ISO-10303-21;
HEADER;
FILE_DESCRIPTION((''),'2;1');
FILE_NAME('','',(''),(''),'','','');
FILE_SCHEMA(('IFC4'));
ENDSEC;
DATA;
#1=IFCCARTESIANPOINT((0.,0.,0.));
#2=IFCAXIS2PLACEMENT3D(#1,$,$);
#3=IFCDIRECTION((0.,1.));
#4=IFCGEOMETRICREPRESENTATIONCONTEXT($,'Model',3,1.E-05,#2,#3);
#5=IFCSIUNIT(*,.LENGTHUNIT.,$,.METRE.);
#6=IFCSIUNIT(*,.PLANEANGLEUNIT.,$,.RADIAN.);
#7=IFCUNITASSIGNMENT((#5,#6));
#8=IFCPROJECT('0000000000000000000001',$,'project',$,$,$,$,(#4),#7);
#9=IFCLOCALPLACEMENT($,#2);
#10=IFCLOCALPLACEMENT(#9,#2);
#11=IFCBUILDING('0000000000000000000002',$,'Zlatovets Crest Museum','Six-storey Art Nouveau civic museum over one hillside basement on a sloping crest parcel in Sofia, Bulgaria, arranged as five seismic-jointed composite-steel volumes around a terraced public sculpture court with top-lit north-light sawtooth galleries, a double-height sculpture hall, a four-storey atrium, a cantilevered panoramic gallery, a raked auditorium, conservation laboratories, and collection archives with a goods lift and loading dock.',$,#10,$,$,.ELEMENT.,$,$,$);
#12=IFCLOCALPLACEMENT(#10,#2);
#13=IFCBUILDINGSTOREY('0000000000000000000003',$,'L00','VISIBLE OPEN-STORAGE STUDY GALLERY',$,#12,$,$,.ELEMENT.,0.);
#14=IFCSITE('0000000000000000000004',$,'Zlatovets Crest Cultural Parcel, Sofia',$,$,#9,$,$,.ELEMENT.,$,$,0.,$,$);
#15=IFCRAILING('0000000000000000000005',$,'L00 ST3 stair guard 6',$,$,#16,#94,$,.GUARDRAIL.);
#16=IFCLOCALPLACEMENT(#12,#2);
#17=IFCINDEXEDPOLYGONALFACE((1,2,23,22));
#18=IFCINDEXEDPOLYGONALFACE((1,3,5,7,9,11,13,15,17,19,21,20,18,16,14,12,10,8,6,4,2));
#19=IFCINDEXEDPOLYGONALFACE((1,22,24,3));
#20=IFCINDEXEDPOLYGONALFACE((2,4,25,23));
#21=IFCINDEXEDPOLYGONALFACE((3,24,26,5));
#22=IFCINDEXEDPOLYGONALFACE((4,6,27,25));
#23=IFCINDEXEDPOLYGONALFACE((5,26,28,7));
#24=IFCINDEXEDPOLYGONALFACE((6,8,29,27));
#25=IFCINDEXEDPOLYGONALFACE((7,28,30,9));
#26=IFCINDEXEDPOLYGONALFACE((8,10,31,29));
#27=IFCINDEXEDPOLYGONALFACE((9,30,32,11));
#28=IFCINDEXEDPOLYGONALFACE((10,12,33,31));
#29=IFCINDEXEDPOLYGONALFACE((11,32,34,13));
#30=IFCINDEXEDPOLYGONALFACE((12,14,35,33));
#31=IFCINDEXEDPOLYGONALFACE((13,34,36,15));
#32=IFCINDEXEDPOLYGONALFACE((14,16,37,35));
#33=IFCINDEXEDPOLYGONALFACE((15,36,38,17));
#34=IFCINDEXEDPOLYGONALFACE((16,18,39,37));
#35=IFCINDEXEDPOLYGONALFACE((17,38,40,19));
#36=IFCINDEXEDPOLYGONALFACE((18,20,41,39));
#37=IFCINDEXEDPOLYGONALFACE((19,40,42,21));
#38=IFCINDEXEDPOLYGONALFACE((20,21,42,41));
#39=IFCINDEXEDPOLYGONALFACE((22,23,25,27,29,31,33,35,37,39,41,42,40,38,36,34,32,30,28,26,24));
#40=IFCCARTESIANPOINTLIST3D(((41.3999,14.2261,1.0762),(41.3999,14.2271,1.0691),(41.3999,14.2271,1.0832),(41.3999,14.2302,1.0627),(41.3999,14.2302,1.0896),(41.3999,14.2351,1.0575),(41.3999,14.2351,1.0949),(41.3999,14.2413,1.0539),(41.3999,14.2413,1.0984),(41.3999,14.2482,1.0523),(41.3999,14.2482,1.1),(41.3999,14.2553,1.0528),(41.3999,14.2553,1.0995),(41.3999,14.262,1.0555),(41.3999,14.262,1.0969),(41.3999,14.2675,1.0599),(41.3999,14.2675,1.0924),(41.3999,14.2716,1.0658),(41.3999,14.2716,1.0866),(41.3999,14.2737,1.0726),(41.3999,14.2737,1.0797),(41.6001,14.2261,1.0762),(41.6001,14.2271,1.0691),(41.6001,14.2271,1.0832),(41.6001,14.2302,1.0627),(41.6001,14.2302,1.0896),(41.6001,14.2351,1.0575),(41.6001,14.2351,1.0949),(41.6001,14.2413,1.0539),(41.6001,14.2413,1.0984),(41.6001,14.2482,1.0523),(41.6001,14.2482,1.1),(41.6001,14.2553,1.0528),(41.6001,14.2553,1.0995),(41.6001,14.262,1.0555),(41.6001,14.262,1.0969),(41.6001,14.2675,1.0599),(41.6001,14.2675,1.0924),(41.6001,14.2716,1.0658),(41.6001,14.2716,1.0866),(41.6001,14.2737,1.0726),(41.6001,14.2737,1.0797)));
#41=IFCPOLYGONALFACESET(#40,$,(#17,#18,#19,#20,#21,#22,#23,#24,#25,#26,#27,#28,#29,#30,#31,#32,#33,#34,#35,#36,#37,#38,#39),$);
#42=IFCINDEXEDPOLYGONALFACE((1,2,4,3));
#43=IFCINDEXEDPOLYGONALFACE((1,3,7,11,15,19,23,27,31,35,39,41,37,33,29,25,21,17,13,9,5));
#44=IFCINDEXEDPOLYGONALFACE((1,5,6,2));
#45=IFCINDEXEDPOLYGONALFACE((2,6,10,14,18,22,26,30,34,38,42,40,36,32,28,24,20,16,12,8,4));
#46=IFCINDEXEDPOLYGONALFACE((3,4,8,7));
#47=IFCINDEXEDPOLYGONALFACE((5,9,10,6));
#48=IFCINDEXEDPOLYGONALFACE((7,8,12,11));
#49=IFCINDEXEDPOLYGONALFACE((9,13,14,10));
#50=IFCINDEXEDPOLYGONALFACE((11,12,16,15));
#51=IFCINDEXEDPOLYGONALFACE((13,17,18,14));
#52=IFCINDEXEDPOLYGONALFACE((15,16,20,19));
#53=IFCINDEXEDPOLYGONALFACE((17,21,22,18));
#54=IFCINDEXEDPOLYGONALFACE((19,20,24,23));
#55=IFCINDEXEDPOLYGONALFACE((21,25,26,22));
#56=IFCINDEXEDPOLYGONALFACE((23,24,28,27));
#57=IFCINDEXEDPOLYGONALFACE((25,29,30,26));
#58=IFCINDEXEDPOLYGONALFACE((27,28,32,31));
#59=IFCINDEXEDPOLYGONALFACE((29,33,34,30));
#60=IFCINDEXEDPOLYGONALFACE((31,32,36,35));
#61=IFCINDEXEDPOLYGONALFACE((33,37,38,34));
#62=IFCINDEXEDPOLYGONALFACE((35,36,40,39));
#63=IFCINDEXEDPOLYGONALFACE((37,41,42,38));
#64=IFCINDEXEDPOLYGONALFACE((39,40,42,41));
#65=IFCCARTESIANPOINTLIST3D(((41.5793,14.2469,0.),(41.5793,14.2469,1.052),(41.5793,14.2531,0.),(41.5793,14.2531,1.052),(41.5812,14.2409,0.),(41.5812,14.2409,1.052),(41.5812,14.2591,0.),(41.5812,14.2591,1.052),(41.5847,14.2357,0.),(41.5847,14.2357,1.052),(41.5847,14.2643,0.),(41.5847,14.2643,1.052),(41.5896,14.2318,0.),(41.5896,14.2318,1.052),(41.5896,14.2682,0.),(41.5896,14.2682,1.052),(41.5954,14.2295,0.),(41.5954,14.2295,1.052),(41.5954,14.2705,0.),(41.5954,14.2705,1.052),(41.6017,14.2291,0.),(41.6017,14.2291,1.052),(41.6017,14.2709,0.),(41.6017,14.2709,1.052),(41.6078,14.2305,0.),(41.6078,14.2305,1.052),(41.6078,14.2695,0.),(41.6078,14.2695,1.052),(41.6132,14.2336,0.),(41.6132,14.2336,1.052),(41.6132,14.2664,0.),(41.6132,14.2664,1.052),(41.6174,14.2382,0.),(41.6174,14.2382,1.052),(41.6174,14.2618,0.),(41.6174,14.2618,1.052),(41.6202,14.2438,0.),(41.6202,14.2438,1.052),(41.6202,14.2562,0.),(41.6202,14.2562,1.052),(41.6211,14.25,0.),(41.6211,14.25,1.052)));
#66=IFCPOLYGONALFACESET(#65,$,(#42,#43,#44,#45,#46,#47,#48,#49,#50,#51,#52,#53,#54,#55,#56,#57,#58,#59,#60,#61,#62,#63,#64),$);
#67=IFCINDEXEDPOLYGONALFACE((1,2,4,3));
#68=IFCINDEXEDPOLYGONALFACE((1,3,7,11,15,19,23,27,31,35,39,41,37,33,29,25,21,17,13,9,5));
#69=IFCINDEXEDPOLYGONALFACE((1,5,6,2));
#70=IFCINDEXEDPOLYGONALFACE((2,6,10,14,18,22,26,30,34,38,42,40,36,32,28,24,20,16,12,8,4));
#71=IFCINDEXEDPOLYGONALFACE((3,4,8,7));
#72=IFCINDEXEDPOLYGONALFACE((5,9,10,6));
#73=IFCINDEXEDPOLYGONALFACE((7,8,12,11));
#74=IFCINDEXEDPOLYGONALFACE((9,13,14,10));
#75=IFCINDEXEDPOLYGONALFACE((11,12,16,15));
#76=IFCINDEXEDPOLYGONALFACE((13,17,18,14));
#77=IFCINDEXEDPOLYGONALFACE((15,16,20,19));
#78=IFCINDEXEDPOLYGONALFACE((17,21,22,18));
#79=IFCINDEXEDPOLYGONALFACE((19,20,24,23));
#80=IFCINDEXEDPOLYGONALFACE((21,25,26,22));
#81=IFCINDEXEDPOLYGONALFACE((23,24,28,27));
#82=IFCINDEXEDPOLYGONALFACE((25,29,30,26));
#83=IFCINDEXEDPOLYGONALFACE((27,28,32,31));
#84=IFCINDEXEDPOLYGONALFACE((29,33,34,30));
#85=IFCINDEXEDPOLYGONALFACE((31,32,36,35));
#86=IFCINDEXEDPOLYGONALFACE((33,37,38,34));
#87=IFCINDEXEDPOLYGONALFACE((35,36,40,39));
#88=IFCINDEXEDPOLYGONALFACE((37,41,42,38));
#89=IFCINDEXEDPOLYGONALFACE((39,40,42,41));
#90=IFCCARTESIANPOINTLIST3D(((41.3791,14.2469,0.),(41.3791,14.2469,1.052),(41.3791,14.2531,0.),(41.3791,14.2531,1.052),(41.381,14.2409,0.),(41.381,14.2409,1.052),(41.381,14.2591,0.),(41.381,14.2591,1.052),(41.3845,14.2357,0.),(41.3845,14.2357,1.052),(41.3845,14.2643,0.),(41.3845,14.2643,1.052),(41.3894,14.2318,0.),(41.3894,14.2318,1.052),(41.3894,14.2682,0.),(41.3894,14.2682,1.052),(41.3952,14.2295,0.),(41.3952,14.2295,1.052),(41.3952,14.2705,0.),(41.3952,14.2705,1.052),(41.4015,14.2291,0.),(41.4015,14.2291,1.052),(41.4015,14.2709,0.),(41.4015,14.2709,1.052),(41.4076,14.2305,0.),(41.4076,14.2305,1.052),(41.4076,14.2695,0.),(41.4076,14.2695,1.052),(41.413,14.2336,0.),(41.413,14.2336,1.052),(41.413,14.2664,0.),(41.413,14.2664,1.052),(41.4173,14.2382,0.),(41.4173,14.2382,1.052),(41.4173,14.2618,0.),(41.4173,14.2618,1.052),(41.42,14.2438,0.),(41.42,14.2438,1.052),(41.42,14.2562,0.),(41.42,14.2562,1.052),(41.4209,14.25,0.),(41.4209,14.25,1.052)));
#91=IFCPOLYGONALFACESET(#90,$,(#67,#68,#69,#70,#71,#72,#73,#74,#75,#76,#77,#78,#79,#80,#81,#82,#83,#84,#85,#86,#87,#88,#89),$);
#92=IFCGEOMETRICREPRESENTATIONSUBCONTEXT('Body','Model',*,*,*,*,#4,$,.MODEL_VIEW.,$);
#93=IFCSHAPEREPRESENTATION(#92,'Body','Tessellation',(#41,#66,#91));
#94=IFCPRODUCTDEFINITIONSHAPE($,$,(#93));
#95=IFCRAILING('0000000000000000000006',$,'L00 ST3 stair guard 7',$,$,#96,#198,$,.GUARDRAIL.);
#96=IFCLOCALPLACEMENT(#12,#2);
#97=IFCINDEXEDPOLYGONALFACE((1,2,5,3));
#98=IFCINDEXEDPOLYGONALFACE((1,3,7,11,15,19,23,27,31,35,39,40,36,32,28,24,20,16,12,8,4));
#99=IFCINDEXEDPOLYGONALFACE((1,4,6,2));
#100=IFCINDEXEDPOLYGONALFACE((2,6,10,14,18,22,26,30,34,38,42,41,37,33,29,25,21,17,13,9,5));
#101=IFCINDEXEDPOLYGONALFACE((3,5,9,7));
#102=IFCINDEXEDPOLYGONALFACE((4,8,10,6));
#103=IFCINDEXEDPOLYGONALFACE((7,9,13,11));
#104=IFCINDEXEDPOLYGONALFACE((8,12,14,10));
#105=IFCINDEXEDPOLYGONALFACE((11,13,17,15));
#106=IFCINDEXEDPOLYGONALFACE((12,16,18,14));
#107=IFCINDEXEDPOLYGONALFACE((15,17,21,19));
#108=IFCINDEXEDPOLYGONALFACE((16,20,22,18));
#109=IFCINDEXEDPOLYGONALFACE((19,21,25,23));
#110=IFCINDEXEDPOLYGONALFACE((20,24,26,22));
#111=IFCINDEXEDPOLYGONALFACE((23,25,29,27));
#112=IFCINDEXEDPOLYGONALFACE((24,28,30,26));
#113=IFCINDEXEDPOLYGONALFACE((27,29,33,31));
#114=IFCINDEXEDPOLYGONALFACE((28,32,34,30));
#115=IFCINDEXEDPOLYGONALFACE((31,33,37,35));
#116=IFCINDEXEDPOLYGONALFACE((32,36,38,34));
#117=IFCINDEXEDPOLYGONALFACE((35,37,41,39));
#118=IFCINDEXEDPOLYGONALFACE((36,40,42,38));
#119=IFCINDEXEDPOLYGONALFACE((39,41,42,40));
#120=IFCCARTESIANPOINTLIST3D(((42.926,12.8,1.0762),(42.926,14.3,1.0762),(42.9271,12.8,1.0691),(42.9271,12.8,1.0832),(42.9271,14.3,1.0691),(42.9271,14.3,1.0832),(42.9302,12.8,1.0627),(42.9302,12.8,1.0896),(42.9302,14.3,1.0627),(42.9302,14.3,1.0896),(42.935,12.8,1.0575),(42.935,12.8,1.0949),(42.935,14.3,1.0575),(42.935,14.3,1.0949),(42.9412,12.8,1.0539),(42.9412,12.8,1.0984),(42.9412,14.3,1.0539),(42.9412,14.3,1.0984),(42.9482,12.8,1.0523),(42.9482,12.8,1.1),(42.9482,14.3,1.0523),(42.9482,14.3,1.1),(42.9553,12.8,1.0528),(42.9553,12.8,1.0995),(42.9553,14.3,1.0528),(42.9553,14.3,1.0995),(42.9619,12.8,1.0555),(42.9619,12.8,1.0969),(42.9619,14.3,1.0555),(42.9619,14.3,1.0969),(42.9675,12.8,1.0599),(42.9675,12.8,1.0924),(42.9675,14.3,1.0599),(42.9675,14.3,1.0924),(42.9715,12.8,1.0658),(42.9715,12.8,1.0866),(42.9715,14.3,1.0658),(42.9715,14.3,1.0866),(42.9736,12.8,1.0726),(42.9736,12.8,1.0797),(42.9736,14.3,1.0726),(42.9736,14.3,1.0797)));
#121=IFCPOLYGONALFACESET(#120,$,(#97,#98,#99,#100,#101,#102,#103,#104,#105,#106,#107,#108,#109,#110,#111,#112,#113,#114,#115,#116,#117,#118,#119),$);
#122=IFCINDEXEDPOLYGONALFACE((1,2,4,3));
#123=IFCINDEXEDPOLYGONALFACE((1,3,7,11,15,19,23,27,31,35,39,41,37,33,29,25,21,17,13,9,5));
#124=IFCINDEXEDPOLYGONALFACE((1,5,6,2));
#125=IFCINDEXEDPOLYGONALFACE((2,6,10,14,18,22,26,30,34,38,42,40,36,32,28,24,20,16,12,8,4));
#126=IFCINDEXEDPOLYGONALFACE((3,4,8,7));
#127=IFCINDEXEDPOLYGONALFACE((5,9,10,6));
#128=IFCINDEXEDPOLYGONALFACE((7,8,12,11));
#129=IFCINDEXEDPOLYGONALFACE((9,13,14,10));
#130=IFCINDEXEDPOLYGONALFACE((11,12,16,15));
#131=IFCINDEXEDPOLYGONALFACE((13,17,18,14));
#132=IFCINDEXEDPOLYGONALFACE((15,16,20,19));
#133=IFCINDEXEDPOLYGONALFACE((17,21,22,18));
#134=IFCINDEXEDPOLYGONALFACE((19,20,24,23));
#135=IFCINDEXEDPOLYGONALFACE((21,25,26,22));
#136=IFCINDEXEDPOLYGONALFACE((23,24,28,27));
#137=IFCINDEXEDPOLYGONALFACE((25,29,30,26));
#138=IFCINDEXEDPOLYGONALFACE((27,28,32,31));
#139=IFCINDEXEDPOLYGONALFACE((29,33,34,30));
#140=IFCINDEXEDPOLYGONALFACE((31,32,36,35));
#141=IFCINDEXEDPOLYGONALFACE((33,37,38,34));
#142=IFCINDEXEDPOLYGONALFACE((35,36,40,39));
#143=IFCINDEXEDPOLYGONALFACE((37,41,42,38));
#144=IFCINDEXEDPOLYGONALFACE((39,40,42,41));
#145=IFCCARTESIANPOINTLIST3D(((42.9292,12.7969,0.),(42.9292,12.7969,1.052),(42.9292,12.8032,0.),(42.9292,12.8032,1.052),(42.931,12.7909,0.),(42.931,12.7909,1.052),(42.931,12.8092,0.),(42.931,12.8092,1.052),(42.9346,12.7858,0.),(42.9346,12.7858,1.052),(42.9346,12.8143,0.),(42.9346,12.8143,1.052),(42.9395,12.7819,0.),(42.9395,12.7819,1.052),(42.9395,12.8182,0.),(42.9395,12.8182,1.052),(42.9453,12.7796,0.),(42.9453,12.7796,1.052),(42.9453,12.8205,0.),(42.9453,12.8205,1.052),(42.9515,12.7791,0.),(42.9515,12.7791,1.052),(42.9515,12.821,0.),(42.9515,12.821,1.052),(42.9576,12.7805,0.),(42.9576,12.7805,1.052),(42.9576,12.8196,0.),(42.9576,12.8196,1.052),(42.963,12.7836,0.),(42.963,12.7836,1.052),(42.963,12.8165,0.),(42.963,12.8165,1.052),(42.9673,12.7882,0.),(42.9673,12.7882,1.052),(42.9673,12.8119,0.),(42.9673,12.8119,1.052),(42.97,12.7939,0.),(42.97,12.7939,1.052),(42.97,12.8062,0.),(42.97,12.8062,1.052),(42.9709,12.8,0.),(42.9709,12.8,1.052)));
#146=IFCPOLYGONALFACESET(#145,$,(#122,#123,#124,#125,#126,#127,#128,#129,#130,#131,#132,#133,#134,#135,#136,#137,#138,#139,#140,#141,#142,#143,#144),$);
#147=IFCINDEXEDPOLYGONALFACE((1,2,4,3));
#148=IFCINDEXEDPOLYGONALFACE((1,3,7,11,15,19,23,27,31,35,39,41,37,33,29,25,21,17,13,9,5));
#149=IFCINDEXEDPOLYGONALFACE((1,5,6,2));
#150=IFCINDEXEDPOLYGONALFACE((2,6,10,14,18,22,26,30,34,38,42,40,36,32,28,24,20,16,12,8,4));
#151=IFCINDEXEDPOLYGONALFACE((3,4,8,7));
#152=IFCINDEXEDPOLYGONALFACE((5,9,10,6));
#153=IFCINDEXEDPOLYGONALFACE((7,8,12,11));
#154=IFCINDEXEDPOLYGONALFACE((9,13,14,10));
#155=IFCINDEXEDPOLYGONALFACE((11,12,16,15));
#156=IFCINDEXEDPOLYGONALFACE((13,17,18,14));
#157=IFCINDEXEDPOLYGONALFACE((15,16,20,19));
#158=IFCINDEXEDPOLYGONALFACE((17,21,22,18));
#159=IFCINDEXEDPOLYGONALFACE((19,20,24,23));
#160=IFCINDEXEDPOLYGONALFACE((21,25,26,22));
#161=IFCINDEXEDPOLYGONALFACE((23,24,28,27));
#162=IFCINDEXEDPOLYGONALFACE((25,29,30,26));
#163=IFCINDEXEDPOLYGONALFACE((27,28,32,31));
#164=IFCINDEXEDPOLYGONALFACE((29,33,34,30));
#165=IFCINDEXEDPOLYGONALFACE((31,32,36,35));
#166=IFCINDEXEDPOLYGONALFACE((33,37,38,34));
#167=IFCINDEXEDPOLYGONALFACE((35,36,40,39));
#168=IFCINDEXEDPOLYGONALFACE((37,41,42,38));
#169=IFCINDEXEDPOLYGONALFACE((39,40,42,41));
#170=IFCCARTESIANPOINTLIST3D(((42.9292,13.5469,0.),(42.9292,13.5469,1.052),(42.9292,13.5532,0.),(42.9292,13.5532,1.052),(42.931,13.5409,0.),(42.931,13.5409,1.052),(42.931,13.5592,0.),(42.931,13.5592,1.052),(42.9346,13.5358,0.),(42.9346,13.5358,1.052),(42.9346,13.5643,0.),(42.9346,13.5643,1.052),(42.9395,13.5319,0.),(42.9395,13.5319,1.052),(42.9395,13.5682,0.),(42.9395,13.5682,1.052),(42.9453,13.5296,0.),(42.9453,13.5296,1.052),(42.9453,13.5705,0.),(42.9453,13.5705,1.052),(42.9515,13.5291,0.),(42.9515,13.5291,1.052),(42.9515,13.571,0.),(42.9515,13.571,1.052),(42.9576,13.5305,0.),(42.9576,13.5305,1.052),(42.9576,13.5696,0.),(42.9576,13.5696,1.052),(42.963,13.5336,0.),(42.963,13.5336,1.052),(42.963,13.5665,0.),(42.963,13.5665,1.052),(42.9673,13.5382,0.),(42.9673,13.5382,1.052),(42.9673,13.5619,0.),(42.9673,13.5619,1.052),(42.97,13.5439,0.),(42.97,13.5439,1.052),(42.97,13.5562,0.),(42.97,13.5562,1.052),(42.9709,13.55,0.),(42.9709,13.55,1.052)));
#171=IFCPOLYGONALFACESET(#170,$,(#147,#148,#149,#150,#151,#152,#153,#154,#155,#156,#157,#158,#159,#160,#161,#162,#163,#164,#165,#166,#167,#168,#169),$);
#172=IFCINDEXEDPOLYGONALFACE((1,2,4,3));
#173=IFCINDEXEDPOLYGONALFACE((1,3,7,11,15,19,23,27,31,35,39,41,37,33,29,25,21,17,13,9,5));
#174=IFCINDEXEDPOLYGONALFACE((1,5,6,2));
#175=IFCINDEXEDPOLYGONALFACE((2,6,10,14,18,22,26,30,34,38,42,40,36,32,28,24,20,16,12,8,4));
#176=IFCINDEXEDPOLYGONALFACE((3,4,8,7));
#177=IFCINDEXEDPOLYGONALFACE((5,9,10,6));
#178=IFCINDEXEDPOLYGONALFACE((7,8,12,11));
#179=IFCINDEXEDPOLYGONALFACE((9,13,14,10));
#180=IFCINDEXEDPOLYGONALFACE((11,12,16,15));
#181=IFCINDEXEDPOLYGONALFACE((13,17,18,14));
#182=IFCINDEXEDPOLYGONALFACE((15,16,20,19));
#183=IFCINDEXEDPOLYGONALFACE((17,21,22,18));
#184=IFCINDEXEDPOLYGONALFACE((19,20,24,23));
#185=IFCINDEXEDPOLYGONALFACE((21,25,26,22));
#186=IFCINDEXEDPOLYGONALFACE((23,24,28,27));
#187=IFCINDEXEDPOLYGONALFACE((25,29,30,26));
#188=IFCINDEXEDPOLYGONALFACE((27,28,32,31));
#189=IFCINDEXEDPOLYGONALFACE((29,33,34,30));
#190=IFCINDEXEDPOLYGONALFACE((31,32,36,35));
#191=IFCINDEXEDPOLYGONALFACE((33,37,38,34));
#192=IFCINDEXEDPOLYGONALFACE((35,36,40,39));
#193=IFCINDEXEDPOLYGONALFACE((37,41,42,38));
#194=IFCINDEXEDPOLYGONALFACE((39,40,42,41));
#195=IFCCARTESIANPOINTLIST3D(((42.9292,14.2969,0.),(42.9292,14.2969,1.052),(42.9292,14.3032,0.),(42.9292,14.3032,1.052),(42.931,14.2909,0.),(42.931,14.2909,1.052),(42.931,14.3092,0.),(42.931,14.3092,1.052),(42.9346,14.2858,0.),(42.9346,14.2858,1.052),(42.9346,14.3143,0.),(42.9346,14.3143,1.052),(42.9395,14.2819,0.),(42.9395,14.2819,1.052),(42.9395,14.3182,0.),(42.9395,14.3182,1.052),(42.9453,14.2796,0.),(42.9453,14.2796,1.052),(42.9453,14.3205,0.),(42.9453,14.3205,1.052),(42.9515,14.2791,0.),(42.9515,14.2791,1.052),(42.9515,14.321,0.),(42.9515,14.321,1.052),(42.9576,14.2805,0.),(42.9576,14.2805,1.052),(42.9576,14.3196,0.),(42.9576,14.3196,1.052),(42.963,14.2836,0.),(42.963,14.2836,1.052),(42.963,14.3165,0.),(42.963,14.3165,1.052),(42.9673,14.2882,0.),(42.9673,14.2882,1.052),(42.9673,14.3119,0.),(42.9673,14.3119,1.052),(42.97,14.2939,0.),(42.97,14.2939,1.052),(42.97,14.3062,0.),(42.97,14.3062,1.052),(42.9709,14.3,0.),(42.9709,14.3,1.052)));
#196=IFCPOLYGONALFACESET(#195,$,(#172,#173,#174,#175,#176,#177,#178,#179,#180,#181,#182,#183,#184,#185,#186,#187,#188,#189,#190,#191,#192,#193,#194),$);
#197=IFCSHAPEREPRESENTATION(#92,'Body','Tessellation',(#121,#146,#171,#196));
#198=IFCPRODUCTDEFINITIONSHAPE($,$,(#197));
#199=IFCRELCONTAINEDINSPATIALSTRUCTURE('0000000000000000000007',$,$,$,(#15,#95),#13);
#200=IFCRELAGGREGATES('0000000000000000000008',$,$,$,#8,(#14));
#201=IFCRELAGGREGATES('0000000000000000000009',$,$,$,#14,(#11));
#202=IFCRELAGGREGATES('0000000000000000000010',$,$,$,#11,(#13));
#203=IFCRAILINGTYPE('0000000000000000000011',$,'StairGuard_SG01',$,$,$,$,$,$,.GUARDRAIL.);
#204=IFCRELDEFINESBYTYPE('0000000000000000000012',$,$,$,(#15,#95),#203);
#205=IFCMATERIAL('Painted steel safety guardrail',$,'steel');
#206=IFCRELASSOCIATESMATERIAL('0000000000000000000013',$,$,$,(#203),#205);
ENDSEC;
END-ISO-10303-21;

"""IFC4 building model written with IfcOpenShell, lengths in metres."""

from ifc_helpers import new_model, si_unit, direction, frame, origin, origin_2d, place, context, subcontext, project, spatial, circle, extrude, material, type_object, element, save


model = new_model("IFC4")

# Units and contexts
model_context = context("Model", 3, precision=1e-05, world=origin(), true_north=direction((0.0, 1.0)))
body_context = subcontext(model_context, "Body", "Model", "MODEL_VIEW")
ifc_project = project(units=[si_unit("LENGTHUNIT", "METRE"), si_unit("PLANEANGLEUNIT", "RADIAN")], contexts=[model_context])

# Site, building, storey
site_placement = place(None, origin())
site = spatial("IfcSite", under=ifc_project, at=site_placement, Name="Zlatovets Crest Cultural Parcel, Sofia", CompositionType="ELEMENT", RefElevation=0.0)
building_placement = place(site_placement, origin())
building = spatial("IfcBuilding", under=site, at=building_placement, Name="Zlatovets Crest Museum", Description="Six-storey Art Nouveau civic museum over one hillside basement on a sloping crest parcel in Sofia, Bulgaria, arranged as five seismic-jointed composite-steel volumes around a terraced public sculpture court with top-lit north-light sawtooth galleries, a double-height sculpture hall, a four-storey atrium, a cantilevered panoramic gallery, a raked auditorium, conservation laboratories, and collection archives with a goods lift and loading dock.", CompositionType="ELEMENT")
storey_placement = place(building_placement, origin())
storey = spatial("IfcBuildingStorey", under=building, at=storey_placement, Name="L00", Description="VISIBLE OPEN-STORAGE STUDY GALLERY", CompositionType="ELEMENT", Elevation=0.0)

# Railings
ifc_material_1 = material(Name="Painted steel safety guardrail", Category="steel")
railing_type_1 = type_object("IfcRailingType", Name="StairGuard_SG01", PredefinedType="GUARDRAIL", material=ifc_material_1)
railing_1_placement = place(storey_placement, frame((41.6001, 14.25, 0.0)))
element("IfcRailing", 1, at=railing_1_placement, inside=storey, type_object=railing_type_1, Name="L00 ST3 stair guard 6", PredefinedType="GUARDRAIL", context=body_context, shape_type="SweptSolid", body=[
    extrude(circle(Radius=0.0239, at=origin_2d()), frame((0.0, 0.0, 1.0762), z_axis=(-1.0, 0.0, 0.0), x_axis=(0.0, -1.0, 0.0)), (0.0, 0.0, 1.0), 0.2002),
    extrude(circle(Radius=0.021, at=origin_2d()), origin(), (0.0, 0.0, 1.0), 1.052),
    extrude(circle(Radius=0.021, at=origin_2d()), frame((-0.2002, 0.0, 0.0)), (0.0, 0.0, 1.0), 1.052),
])
for number, where, name in (
    (2, (42.95, 12.8, 0.0), "L00 ST3 stair guard 7"),
):
    element("IfcRailing", number, at=place(storey_placement, frame(where)), inside=storey, type_object=railing_type_1, Name=name, PredefinedType="GUARDRAIL", context=body_context, shape_type="SweptSolid", body=[
        extrude(circle(Radius=0.0239, at=origin_2d()), frame((0.0, 0.0, 1.0762), z_axis=(0.0, 1.0, 0.0), x_axis=(-1.0, 0.0, 0.0)), (0.0, 0.0, 1.0), 1.5),
        extrude(circle(Radius=0.021, at=origin_2d()), origin(), (0.0, 0.0, 1.0), 1.052),
        extrude(circle(Radius=0.021, at=origin_2d()), frame((0.0, 0.75, 0.0)), (0.0, 0.0, 1.0), 1.052),
        extrude(circle(Radius=0.021, at=origin_2d()), frame((0.0, 1.5, 0.0)), (0.0, 0.0, 1.0), 1.052),
    ])

save(model, "model.ifc")
